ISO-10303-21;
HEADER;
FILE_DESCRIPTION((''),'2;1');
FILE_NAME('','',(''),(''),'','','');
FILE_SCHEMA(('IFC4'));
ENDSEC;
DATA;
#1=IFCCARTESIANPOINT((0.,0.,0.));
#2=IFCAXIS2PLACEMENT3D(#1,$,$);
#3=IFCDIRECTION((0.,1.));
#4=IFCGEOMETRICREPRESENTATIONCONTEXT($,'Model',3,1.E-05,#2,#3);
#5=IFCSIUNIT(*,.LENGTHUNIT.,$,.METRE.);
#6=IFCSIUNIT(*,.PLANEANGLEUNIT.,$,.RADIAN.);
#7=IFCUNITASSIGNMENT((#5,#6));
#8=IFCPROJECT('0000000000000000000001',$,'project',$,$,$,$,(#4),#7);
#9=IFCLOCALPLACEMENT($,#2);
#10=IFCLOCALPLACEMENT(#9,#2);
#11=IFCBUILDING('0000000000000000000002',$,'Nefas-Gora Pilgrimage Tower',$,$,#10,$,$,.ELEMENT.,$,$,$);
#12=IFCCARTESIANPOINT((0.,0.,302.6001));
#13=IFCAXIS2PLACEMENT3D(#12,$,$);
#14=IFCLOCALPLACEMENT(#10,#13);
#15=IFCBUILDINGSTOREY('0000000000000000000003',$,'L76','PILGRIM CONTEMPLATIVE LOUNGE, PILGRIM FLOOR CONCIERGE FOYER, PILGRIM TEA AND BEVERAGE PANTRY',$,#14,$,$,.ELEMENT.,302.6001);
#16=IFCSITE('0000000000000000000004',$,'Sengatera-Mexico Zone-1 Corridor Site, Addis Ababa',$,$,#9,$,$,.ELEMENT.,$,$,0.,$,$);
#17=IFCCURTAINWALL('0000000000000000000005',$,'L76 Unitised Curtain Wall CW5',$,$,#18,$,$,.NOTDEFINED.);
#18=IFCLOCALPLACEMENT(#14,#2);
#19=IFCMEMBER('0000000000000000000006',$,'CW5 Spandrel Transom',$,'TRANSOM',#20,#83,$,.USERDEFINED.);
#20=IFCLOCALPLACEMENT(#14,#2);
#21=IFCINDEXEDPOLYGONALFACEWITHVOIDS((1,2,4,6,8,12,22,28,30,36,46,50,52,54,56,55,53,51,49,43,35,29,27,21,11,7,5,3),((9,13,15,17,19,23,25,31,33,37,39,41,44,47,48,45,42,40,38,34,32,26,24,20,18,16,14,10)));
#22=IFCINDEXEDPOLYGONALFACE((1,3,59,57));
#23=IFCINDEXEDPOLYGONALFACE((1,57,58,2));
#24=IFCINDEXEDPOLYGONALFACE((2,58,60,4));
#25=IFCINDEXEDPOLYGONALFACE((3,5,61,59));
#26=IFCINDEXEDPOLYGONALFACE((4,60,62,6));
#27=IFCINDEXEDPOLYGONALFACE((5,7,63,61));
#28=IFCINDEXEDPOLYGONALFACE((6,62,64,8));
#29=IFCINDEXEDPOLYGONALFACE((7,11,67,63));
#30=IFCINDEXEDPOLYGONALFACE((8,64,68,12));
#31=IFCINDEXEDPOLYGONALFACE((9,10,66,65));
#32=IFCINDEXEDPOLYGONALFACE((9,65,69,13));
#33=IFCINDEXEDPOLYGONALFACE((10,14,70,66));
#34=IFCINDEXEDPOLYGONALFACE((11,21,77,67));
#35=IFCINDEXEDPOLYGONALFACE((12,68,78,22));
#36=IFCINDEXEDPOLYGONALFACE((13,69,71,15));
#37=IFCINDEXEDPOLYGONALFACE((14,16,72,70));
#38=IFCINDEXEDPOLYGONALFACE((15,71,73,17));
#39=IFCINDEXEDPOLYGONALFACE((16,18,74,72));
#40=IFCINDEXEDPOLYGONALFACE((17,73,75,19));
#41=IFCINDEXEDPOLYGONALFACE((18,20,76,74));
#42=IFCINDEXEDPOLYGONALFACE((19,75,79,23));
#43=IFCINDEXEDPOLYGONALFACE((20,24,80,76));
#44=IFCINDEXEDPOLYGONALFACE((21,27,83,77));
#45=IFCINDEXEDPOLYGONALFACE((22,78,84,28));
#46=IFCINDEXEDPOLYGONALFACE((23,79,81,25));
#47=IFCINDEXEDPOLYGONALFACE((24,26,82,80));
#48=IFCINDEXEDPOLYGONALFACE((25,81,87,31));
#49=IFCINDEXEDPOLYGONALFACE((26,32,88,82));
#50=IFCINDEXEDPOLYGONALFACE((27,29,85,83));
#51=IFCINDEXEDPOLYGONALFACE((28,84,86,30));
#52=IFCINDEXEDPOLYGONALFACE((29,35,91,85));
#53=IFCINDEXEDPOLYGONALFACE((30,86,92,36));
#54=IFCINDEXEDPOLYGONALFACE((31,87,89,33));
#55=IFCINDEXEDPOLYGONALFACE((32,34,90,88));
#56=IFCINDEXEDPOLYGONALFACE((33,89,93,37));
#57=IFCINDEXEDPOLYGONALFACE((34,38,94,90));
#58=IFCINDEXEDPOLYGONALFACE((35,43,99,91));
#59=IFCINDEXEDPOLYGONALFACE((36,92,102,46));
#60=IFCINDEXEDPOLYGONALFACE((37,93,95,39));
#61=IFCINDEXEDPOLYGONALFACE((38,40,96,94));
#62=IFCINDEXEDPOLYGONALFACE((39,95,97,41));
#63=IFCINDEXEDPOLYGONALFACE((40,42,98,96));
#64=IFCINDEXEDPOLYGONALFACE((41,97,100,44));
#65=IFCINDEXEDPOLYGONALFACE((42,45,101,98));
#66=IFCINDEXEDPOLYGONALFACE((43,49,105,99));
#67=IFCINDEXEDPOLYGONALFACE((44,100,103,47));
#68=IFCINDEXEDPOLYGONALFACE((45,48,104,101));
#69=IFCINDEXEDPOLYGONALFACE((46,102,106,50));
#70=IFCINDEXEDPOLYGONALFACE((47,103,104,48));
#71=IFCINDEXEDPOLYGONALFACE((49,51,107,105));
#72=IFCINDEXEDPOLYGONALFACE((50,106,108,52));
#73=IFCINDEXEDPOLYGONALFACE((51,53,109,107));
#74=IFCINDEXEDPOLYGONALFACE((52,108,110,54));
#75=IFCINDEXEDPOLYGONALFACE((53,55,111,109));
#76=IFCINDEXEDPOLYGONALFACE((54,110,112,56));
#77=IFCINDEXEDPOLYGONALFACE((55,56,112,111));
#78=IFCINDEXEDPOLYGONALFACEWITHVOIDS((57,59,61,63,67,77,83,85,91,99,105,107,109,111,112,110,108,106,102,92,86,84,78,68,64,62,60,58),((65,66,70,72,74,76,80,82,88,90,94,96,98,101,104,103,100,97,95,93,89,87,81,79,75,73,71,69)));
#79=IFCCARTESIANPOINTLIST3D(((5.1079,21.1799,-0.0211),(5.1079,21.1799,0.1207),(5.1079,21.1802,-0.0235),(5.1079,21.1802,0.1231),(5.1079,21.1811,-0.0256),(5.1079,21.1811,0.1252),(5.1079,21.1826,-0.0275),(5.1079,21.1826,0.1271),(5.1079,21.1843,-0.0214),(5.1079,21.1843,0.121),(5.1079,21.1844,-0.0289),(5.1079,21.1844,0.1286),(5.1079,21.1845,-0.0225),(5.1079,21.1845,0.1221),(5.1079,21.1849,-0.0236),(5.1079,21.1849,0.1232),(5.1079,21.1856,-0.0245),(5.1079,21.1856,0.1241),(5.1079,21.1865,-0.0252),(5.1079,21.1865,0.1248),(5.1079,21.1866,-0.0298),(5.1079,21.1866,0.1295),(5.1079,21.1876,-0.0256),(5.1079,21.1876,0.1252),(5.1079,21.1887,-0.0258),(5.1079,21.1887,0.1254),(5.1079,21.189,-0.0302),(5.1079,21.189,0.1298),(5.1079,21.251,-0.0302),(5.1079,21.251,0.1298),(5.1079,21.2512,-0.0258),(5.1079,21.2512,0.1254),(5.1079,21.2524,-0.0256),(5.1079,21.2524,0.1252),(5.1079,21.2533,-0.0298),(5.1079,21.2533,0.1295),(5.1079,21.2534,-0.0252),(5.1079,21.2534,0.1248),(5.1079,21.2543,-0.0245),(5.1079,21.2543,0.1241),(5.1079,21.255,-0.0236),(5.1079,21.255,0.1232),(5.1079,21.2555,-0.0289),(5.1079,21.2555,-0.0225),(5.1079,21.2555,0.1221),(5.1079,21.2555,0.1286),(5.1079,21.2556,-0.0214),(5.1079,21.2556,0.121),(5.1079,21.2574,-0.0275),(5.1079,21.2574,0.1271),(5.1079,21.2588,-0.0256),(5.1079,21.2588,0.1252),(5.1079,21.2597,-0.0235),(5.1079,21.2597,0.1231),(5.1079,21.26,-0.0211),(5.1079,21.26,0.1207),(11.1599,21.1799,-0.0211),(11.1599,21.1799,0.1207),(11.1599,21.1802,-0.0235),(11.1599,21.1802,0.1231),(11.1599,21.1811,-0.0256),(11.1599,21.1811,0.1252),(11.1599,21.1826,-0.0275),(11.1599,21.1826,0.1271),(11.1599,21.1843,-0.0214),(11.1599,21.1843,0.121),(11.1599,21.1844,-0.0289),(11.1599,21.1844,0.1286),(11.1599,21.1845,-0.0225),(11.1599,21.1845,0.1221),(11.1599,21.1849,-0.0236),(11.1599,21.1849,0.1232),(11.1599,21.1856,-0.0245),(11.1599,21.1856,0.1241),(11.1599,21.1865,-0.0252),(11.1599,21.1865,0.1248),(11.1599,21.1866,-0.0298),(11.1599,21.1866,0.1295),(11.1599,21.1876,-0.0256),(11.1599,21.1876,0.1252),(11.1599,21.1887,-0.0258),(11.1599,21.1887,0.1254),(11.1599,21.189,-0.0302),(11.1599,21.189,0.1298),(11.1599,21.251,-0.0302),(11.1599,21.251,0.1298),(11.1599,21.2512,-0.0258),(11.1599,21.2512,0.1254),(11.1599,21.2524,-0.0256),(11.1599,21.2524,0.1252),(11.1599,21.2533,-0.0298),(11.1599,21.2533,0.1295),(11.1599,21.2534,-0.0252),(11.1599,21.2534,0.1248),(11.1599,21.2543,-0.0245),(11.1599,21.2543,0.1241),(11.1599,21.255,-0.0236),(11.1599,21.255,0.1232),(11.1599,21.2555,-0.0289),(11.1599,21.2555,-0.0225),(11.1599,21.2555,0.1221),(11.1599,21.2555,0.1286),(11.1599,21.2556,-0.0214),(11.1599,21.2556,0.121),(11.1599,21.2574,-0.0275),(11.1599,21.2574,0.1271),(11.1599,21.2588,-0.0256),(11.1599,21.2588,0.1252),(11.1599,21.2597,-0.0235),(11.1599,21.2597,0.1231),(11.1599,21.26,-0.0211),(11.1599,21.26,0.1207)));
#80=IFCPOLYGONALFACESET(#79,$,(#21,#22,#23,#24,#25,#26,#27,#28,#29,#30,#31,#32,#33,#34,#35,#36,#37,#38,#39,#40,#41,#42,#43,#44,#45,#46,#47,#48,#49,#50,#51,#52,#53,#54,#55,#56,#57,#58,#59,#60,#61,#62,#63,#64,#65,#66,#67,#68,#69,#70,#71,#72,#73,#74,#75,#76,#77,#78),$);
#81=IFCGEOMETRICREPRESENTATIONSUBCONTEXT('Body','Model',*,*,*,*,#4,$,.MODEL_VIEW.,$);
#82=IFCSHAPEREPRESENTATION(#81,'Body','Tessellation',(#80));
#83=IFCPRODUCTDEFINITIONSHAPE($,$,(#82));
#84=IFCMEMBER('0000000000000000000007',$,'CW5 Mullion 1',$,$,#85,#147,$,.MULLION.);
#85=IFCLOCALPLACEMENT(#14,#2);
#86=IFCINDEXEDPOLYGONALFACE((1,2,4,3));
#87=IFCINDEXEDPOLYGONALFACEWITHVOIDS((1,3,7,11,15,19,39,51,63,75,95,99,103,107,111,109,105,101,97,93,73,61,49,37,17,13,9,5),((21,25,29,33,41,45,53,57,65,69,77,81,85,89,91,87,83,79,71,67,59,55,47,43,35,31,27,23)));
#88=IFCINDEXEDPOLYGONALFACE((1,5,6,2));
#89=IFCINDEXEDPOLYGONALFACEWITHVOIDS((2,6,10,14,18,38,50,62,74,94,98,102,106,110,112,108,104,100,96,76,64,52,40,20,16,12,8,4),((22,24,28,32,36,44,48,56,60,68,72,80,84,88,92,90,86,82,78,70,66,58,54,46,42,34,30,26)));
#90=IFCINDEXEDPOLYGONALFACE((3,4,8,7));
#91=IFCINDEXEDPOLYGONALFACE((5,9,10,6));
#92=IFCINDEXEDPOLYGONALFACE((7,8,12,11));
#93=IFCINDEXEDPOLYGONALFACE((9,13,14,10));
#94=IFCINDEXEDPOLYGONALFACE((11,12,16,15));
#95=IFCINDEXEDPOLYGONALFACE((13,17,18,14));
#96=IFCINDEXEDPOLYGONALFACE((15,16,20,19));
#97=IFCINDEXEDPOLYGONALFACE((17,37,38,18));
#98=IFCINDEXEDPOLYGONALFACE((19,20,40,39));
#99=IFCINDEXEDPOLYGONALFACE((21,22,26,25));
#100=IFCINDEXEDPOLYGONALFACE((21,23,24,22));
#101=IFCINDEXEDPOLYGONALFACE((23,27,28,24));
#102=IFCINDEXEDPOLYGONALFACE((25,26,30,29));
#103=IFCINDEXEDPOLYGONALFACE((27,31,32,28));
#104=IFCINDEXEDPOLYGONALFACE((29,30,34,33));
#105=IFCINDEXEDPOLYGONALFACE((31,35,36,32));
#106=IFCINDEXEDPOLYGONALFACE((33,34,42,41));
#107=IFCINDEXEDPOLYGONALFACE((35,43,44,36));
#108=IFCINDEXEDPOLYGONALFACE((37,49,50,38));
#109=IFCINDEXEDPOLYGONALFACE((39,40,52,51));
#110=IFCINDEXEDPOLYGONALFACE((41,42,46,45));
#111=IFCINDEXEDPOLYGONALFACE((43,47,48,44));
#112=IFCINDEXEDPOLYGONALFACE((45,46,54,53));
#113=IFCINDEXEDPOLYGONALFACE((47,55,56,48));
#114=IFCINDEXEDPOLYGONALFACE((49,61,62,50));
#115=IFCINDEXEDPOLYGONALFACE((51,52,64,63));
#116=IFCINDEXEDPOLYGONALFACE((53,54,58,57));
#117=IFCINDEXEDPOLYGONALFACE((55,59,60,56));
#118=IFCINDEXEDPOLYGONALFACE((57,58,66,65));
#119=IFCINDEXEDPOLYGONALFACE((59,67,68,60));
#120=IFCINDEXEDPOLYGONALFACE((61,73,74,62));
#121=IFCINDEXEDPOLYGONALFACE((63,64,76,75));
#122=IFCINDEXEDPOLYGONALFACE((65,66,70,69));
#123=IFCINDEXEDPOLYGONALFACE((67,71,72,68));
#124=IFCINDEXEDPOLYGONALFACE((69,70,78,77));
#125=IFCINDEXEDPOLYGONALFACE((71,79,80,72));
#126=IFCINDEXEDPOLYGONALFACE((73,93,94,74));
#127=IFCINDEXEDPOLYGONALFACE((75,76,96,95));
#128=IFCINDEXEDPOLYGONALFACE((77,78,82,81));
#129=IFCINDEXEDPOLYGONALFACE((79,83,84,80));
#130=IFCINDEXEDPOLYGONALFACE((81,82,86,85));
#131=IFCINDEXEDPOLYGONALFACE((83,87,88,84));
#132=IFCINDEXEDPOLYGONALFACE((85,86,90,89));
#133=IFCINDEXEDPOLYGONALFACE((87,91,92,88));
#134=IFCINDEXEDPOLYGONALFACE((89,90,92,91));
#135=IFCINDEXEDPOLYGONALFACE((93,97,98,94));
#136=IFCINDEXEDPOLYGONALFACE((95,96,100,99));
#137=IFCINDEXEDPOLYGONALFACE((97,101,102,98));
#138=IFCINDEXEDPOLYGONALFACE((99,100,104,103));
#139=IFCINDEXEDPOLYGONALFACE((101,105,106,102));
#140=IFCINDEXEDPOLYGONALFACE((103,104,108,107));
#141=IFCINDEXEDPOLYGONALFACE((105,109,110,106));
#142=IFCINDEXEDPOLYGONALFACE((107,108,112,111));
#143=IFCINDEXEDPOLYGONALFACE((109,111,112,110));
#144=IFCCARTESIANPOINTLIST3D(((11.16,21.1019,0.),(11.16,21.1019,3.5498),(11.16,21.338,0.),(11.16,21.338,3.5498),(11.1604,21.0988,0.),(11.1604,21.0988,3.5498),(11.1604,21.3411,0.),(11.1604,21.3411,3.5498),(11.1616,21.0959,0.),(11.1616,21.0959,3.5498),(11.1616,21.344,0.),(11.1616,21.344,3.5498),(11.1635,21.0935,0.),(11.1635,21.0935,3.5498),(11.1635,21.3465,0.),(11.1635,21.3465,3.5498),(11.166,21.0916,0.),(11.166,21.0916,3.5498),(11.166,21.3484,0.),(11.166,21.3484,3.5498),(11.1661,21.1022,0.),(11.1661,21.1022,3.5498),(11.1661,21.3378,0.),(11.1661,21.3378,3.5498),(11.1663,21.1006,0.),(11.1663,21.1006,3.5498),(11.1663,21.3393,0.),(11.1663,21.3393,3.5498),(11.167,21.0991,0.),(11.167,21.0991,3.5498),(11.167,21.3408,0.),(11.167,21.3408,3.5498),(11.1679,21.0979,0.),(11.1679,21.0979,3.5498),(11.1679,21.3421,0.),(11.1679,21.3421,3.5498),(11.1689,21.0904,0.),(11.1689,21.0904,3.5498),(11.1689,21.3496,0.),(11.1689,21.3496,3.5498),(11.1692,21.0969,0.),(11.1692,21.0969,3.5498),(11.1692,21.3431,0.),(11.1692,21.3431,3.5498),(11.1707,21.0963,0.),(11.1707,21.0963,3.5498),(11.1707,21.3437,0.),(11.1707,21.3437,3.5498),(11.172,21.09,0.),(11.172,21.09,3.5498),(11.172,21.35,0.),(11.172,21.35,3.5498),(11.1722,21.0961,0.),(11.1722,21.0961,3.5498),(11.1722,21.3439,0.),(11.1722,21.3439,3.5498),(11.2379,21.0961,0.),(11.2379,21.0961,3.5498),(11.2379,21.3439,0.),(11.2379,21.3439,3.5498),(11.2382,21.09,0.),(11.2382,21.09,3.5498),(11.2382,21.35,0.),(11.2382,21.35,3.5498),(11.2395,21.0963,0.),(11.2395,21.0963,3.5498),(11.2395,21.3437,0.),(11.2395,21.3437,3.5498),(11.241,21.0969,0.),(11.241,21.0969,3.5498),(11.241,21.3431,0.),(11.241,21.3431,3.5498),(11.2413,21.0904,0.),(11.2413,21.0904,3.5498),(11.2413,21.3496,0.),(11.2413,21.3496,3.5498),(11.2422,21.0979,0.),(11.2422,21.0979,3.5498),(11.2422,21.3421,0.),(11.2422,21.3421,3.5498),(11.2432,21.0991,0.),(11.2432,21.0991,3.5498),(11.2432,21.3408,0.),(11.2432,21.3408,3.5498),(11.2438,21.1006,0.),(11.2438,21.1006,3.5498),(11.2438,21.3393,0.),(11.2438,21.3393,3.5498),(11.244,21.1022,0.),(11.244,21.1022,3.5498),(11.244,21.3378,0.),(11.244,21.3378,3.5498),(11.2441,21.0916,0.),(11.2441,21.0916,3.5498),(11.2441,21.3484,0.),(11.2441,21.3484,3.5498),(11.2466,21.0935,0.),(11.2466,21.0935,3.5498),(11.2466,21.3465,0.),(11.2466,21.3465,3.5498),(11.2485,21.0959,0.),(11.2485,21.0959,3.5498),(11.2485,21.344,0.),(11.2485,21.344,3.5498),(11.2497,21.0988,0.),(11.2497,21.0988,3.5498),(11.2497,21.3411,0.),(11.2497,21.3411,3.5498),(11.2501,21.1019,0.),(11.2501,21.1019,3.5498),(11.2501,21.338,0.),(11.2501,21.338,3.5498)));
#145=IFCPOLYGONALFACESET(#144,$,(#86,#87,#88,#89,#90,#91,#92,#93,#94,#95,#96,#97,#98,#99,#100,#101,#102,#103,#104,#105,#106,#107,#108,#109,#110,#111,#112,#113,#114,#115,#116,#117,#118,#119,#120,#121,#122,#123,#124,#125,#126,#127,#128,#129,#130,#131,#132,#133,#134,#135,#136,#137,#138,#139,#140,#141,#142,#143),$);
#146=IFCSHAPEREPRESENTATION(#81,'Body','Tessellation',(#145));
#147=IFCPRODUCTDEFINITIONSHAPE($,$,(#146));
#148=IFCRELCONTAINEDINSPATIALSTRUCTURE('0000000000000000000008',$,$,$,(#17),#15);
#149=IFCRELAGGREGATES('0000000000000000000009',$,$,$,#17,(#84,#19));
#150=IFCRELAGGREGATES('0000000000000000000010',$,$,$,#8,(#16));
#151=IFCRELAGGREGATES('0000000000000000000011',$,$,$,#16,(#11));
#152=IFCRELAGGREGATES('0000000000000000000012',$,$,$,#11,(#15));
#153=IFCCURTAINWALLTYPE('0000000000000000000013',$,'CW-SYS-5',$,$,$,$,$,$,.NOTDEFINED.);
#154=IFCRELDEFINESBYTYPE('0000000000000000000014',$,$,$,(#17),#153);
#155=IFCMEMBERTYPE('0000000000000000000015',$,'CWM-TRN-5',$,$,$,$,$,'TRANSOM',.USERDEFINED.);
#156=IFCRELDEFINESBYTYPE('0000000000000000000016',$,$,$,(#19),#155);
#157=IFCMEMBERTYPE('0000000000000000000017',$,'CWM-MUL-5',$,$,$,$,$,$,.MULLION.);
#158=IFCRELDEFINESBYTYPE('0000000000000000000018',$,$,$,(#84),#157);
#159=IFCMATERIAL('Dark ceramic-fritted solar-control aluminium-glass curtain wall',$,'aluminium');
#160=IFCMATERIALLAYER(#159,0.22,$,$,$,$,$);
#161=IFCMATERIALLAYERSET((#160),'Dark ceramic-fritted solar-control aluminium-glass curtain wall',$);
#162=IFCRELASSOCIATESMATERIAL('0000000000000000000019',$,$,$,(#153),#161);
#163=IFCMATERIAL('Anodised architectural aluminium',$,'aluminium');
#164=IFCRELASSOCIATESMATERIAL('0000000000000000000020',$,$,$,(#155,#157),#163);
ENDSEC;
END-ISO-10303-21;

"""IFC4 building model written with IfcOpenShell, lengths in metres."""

from ifc_helpers import new_model, si_unit, direction, frame, origin, origin_2d, place, context, subcontext, project, spatial, hollow_rectangle, extrude, source, transform, mapped, material, layer, layer_set, material_profile, profile_set, type_object, element, aggregate, save


model = new_model("IFC4")

# Units and contexts
model_context = context("Model", 3, precision=1e-05, world=origin(), true_north=direction((0.0, 1.0)))
body_context = subcontext(model_context, "Body", "Model", "MODEL_VIEW")
ifc_project = project(units=[si_unit("LENGTHUNIT", "METRE"), si_unit("PLANEANGLEUNIT", "RADIAN")], contexts=[model_context])

# Site, building, storey
site_placement = place(None, origin())
site = spatial("IfcSite", under=ifc_project, at=site_placement, Name="Sengatera-Mexico Zone-1 Corridor Site, Addis Ababa", CompositionType="ELEMENT", RefElevation=0.0)
building_placement = place(site_placement, origin())
building = spatial("IfcBuilding", under=site, at=building_placement, Name="Nefas-Gora Pilgrimage Tower", CompositionType="ELEMENT")
storey_placement = place(building_placement, frame((0.0, 0.0, 302.6001)))
storey = spatial("IfcBuildingStorey", under=building, at=storey_placement, Name="L76", Description="PILGRIM CONTEMPLATIVE LOUNGE, PILGRIM FLOOR CONCIERGE FOYER, PILGRIM TEA AND BEVERAGE PANTRY", CompositionType="ELEMENT", Elevation=302.6001)

# Curtain wall, members
ifc_material_1 = material(Name="Dark ceramic-fritted solar-control aluminium-glass curtain wall", Category="aluminium")
ifc_layer_1 = layer(ifc_material_1, 0.22)
ifc_layer_set_1 = layer_set([ifc_layer_1], Name="Dark ceramic-fritted solar-control aluminium-glass curtain wall")
curtain_wall_type_1 = type_object("IfcCurtainWallType", Name="CW-SYS-5", PredefinedType="NOTDEFINED", material=ifc_layer_set_1)
curtain_wall_1_placement = place(storey_placement, origin())
curtain_wall_1 = element("IfcCurtainWall", 1, at=curtain_wall_1_placement, inside=storey, type_object=curtain_wall_type_1, Name="L76 Unitised Curtain Wall CW5", PredefinedType="NOTDEFINED")
ifc_material_2 = material(Name="Anodised architectural aluminium", Category="aluminium")
ifc_material_profile_1 = material_profile(ifc_material_2, hollow_rectangle(XDim=0.0801, YDim=0.1599, WallThickness=0.0044, InnerFilletRadius=0.0044, OuterFilletRadius=0.009, at=origin_2d()), Name="ALU TRANSOM 80x160")
ifc_profile_set_1 = profile_set([ifc_material_profile_1], Name="Anodised architectural aluminium")
member_type_1 = type_object("IfcMemberType", Name="CWM-TRN-5", ElementType="TRANSOM", PredefinedType="USERDEFINED", material=ifc_profile_set_1)
shared_shape_1 = source(origin(), body_context, "Body", "SweptSolid", [
    extrude(hollow_rectangle(XDim=0.0801, YDim=0.1599, WallThickness=0.0044, InnerFilletRadius=0.0044, OuterFilletRadius=0.009, at=origin_2d()), origin(), (0.0, 0.0, 1.0), 6.052),
])
member_1_placement = place(storey_placement, frame((11.1599, 21.22, 0.0498), z_axis=(-1.0, 0.0, 0.0), x_axis=(0.0, -1.0, 0.0)))
member_1 = element("IfcMember", 2, at=member_1_placement, type_object=member_type_1, Name="CW5 Spandrel Transom", ObjectType="TRANSOM", PredefinedType="USERDEFINED", context=body_context, shape_type="MappedRepresentation", body=[
    mapped(shared_shape_1, transform((0.0, 0.0, 0.0), x_axis=(1.0, 0.0, 0.0), y_axis=(0.0, 1.0, 0.0), z_axis=(0.0, 0.0, 1.0), scale=1.0)),
])
ifc_material_profile_2 = material_profile(ifc_material_2, hollow_rectangle(XDim=0.0901, YDim=0.26, WallThickness=0.0061, InnerFilletRadius=0.0061, OuterFilletRadius=0.012, at=origin_2d()), Name="ALU MULLION 90x260")
ifc_profile_set_2 = profile_set([ifc_material_profile_2], Name="Anodised architectural aluminium")
member_type_2 = type_object("IfcMemberType", Name="CWM-MUL-5", PredefinedType="MULLION", material=ifc_profile_set_2)
shared_shape_2 = source(origin(), body_context, "Body", "SweptSolid", [
    extrude(hollow_rectangle(XDim=0.0901, YDim=0.26, WallThickness=0.0061, InnerFilletRadius=0.0061, OuterFilletRadius=0.012, at=origin_2d()), origin(), (0.0, 0.0, 1.0), 3.5498),
])
member_2_placement = place(storey_placement, frame((11.2051, 21.22, 0.0), z_axis=(0.0, 0.0, 1.0), x_axis=(-1.0, 0.0, 0.0)))
member_2 = element("IfcMember", 3, at=member_2_placement, type_object=member_type_2, Name="CW5 Mullion 1", PredefinedType="MULLION", context=body_context, shape_type="MappedRepresentation", body=[
    mapped(shared_shape_2, transform((0.0, 0.0, 0.0), x_axis=(1.0, 0.0, 0.0), y_axis=(0.0, 1.0, 0.0), z_axis=(0.0, 0.0, 1.0), scale=1.0)),
])

aggregate(curtain_wall_1, [member_2, member_1])

save(model, "model.ifc")
